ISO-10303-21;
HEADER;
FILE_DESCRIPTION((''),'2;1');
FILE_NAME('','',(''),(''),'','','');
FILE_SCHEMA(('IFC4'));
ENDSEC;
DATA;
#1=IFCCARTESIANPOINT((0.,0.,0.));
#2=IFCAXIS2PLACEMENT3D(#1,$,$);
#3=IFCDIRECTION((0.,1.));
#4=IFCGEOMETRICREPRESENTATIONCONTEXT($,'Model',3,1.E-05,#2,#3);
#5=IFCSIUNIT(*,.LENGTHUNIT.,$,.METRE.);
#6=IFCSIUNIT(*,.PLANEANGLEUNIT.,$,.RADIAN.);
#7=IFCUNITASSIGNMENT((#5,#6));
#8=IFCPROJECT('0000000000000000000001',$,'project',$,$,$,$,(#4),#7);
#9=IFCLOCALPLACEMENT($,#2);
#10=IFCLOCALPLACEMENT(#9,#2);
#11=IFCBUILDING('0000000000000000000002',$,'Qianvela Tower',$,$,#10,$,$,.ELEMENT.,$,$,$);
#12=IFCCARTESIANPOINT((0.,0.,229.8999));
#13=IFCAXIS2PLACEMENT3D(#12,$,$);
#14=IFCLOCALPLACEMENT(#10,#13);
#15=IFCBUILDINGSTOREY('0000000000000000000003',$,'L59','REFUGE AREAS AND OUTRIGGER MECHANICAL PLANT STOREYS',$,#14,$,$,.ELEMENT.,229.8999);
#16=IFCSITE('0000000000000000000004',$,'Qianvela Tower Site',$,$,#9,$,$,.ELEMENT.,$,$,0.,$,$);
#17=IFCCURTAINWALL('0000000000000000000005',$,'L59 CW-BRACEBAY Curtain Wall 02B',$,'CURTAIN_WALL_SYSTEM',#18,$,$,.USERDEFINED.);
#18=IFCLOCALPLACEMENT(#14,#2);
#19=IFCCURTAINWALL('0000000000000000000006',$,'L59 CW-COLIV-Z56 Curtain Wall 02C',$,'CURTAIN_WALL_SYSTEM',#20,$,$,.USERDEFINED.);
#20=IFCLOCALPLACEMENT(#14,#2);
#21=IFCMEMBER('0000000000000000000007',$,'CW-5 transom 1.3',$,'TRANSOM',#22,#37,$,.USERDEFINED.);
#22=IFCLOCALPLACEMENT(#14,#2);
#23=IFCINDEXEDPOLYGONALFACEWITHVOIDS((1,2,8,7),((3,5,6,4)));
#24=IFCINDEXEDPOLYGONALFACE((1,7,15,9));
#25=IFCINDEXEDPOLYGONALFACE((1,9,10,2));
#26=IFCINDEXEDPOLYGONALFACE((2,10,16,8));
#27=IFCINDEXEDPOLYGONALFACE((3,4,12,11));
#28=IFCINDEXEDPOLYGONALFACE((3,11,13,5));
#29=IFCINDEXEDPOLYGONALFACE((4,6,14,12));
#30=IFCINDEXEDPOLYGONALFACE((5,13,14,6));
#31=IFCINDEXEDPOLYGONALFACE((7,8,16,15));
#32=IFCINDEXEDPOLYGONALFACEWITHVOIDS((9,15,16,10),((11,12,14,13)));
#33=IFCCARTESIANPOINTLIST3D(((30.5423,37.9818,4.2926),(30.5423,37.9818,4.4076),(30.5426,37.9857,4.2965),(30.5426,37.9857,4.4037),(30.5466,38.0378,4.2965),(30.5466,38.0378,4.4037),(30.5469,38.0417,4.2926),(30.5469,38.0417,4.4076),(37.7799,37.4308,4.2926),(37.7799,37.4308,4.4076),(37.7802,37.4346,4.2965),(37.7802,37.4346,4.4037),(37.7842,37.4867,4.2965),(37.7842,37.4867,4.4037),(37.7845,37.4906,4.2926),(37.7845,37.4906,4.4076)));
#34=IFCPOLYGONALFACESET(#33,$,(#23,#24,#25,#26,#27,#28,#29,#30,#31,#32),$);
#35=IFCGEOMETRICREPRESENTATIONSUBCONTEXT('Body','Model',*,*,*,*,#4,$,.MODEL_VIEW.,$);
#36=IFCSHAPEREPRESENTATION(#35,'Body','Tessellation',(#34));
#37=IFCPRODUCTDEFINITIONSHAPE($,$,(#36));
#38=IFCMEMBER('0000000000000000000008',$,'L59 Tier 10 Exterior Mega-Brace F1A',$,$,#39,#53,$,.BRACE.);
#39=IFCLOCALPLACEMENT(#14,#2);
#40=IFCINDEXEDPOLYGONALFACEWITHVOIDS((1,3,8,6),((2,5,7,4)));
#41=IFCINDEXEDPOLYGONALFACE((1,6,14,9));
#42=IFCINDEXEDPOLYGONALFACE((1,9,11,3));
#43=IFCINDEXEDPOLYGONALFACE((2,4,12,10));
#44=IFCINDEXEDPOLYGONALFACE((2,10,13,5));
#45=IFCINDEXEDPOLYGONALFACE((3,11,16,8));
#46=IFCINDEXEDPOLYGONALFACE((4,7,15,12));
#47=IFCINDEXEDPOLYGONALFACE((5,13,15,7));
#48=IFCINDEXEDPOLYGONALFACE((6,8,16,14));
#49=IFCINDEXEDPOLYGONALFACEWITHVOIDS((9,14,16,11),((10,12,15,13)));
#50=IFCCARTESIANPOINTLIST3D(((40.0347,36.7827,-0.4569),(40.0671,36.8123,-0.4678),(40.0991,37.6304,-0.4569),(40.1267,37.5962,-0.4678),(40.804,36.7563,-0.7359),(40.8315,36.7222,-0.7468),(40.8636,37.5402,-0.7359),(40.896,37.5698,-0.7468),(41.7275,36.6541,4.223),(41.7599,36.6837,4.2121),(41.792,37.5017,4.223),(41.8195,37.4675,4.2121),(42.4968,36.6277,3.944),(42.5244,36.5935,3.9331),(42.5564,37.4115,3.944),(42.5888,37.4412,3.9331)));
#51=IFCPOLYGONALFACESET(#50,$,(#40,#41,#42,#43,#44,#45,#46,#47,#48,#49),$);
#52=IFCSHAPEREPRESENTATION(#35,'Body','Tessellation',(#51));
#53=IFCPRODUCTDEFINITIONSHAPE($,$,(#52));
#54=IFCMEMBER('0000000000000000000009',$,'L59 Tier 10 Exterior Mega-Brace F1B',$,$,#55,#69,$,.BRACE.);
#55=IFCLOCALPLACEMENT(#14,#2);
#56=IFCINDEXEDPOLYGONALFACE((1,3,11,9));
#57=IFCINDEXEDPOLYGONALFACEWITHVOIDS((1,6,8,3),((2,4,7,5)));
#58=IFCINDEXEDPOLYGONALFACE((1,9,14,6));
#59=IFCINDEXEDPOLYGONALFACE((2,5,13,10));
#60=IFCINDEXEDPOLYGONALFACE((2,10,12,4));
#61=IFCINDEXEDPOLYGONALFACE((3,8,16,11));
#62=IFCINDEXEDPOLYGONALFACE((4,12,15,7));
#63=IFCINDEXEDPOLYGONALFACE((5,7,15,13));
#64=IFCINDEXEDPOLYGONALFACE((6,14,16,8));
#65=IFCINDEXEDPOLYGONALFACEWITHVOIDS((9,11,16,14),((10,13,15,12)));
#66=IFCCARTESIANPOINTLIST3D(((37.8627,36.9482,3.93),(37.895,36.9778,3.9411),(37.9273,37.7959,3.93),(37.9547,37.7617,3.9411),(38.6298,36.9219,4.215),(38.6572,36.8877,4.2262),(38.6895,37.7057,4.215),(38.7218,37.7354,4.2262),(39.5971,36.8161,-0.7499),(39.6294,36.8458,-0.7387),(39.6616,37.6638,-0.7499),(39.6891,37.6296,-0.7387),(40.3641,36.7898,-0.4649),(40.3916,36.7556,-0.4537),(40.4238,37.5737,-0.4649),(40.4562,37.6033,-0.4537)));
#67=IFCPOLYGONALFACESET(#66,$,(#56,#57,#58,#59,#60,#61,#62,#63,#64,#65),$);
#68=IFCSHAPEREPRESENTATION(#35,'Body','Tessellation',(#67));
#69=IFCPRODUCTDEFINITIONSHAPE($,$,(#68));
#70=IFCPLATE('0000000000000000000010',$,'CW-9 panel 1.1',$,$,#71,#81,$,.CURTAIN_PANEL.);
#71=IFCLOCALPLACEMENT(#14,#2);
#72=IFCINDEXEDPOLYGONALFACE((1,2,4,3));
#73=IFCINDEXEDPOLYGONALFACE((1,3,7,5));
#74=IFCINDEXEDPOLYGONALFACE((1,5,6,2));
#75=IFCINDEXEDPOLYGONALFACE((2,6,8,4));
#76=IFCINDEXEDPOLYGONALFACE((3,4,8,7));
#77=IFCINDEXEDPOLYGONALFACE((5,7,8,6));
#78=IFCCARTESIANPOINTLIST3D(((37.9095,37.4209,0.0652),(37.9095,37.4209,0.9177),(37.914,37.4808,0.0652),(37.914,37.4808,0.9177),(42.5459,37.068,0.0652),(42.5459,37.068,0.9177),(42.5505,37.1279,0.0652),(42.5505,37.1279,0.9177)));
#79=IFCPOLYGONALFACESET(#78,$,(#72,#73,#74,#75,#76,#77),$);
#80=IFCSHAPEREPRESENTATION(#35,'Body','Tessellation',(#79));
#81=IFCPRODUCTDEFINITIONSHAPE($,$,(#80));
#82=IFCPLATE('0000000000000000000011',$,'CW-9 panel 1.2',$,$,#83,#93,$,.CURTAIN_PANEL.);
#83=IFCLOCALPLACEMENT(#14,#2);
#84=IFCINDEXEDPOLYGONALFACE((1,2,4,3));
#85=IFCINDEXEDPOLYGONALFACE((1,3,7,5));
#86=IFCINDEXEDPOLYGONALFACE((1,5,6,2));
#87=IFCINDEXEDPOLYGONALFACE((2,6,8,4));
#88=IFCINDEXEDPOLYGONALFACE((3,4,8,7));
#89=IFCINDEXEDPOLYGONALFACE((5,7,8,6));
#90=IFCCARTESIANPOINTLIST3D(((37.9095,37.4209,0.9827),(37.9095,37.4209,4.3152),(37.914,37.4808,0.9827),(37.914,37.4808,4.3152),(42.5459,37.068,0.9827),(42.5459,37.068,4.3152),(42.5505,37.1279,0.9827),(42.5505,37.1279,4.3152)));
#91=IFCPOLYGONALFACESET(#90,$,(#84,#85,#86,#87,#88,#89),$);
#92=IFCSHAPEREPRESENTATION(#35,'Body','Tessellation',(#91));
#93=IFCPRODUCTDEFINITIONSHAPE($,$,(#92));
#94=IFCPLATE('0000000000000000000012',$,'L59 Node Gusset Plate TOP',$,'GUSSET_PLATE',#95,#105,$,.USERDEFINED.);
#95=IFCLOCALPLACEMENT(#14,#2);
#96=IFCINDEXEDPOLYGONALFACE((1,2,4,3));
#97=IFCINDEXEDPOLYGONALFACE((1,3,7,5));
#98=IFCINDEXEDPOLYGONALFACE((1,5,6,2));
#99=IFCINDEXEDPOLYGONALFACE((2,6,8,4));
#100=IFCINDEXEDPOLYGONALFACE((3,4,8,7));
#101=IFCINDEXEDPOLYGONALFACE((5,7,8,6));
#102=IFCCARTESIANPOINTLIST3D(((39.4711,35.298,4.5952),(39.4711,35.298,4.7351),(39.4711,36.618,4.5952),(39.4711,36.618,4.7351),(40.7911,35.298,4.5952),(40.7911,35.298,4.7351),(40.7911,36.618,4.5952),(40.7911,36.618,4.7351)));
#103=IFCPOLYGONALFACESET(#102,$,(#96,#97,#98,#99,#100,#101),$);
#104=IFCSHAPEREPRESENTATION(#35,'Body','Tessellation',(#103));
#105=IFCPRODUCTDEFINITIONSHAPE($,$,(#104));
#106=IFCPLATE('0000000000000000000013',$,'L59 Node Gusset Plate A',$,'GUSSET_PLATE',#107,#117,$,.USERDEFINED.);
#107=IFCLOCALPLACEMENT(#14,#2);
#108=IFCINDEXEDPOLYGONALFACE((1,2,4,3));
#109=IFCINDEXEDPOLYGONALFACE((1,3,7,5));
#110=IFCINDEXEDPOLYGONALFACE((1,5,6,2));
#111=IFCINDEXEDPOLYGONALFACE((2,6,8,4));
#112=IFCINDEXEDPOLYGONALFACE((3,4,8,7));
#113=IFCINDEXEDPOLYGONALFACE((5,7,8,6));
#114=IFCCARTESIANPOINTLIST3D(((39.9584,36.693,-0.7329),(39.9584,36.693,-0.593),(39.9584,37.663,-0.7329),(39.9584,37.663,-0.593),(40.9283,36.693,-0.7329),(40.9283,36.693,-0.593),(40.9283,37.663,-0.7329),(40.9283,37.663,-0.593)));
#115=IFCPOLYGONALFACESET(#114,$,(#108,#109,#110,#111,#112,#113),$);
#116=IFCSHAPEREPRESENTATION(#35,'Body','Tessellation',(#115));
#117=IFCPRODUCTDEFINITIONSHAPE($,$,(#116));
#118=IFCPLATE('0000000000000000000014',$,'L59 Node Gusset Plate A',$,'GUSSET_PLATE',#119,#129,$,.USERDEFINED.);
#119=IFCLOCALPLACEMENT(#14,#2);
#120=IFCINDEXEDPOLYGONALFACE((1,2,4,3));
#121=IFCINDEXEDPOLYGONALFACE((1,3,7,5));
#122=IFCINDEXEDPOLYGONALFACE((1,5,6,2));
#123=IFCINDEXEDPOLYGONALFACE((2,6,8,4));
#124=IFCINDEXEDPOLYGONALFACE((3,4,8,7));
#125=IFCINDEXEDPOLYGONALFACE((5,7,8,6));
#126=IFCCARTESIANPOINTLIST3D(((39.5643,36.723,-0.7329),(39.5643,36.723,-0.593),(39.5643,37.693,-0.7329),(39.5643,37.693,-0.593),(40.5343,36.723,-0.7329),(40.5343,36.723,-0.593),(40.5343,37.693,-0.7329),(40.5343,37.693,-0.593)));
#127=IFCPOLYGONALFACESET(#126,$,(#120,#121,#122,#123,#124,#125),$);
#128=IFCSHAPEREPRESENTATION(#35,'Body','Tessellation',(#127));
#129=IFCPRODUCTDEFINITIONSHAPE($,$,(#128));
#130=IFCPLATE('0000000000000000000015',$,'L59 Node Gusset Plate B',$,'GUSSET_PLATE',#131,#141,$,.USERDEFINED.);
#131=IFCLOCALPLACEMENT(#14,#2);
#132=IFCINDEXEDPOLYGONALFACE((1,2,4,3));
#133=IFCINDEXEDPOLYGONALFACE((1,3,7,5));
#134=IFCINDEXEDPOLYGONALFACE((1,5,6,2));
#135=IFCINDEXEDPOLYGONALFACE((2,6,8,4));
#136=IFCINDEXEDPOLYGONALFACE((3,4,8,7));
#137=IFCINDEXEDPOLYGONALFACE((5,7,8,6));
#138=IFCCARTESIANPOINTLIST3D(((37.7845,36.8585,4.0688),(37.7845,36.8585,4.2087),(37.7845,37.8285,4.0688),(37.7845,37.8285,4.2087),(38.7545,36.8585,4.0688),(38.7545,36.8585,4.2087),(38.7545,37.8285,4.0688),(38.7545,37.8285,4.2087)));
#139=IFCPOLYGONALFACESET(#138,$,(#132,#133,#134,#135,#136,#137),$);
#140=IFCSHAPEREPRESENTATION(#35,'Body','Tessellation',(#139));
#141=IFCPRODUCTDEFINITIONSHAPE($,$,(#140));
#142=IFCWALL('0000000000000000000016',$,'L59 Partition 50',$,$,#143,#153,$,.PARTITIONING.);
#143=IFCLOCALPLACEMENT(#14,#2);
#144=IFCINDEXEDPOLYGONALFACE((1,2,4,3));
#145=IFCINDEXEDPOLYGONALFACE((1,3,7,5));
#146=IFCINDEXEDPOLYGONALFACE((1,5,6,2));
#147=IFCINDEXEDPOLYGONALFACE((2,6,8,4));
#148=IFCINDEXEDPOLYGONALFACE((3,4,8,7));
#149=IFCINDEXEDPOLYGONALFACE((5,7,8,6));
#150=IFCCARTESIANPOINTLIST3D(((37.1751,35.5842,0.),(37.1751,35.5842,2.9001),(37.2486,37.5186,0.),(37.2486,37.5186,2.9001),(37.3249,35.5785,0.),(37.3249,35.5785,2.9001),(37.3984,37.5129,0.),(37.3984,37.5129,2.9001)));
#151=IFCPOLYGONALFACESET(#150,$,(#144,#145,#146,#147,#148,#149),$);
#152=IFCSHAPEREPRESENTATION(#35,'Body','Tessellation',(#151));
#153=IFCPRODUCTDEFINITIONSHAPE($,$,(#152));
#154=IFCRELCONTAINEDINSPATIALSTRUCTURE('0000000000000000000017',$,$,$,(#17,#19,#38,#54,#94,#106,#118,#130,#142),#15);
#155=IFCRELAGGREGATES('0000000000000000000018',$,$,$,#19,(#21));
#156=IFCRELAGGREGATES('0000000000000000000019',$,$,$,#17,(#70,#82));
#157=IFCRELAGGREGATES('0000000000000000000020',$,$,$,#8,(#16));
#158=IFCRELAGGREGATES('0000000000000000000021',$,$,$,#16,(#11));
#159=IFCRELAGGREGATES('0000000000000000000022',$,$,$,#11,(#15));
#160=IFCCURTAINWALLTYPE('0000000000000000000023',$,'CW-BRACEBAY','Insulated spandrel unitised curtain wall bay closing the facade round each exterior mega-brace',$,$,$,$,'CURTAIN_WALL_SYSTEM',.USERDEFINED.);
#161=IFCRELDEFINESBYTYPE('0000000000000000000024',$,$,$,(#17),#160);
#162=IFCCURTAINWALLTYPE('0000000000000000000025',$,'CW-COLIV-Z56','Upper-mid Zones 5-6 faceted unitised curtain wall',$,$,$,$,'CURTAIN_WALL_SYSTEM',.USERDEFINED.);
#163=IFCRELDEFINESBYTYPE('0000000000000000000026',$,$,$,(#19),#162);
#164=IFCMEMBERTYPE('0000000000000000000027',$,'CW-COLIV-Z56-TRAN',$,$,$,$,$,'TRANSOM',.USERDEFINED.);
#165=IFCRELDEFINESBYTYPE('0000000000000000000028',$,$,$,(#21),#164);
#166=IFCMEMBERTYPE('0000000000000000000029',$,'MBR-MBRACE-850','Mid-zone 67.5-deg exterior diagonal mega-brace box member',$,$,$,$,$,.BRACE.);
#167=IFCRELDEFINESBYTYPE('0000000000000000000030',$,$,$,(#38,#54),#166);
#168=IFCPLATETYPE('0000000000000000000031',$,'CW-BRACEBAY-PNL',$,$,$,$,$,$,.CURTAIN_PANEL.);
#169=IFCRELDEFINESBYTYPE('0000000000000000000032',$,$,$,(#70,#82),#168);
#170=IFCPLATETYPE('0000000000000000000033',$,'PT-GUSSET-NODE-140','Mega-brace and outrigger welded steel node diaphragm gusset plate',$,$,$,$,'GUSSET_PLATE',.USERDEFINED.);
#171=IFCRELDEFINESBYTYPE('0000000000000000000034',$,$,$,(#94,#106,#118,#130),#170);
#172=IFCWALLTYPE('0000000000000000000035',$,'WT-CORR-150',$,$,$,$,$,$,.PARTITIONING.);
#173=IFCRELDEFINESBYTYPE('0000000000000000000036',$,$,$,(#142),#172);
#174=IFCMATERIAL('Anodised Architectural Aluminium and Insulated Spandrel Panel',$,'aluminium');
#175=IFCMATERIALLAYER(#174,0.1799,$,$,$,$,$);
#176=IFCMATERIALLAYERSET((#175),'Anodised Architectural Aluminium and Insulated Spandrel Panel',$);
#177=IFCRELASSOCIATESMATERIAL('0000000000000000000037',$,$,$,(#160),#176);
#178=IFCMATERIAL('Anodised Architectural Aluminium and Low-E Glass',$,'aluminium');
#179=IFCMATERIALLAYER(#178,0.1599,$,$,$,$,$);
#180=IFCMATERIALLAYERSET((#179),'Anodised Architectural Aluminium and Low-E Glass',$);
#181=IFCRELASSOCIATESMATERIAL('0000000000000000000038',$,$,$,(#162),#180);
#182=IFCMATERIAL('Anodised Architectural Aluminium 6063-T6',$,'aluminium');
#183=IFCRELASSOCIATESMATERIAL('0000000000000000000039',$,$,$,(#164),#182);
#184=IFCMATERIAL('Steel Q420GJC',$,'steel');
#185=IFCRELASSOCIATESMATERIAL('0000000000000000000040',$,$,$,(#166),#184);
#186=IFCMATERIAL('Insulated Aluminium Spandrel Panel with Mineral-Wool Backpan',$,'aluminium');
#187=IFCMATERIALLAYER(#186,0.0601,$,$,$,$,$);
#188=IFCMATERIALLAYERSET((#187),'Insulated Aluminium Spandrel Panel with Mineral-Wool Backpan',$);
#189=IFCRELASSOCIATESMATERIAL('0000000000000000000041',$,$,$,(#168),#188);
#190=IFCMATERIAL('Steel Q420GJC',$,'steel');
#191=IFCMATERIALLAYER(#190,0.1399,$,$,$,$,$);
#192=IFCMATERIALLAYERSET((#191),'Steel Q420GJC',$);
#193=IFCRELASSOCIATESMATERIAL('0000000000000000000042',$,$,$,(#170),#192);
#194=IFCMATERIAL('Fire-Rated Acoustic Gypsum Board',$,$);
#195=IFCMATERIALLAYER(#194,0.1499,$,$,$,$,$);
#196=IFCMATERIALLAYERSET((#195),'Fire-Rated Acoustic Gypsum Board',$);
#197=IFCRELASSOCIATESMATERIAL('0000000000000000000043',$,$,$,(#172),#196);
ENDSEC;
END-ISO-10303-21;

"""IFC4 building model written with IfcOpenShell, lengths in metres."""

from ifc_helpers import new_model, si_unit, direction, frame, frame_2d, origin, origin_2d, place, context, subcontext, project, spatial, rectangle, hollow_rectangle, extrude, material, layer, layer_set, material_profile, profile_set, type_object, element, aggregate, save


model = new_model("IFC4")

# Units and contexts
model_context = context("Model", 3, precision=1e-05, world=origin(), true_north=direction((0.0, 1.0)))
body_context = subcontext(model_context, "Body", "Model", "MODEL_VIEW")
ifc_project = project(units=[si_unit("LENGTHUNIT", "METRE"), si_unit("PLANEANGLEUNIT", "RADIAN")], contexts=[model_context])

# Site, building, storey
site_placement = place(None, origin())
site = spatial("IfcSite", under=ifc_project, at=site_placement, Name="Qianvela Tower Site", CompositionType="ELEMENT", RefElevation=0.0)
building_placement = place(site_placement, origin())
building = spatial("IfcBuilding", under=site, at=building_placement, Name="Qianvela Tower", CompositionType="ELEMENT")
storey_placement = place(building_placement, frame((0.0, 0.0, 229.8999)))
storey = spatial("IfcBuildingStorey", under=building, at=storey_placement, Name="L59", Description="REFUGE AREAS AND OUTRIGGER MECHANICAL PLANT STOREYS", CompositionType="ELEMENT", Elevation=229.8999)

# Curtain wall
ifc_material_1 = material(Name="Anodised Architectural Aluminium and Insulated Spandrel Panel", Category="aluminium")
ifc_layer_1 = layer(ifc_material_1, 0.1799)
ifc_layer_set_1 = layer_set([ifc_layer_1], Name="Anodised Architectural Aluminium and Insulated Spandrel Panel")
curtain_wall_type_1 = type_object("IfcCurtainWallType", Name="CW-BRACEBAY", Description="Insulated spandrel unitised curtain wall bay closing the facade round each exterior mega-brace", ElementType="CURTAIN_WALL_SYSTEM", PredefinedType="USERDEFINED", material=ifc_layer_set_1)
curtain_wall_1_placement = place(storey_placement, origin())
curtain_wall_1 = element("IfcCurtainWall", 1, at=curtain_wall_1_placement, inside=storey, type_object=curtain_wall_type_1, Name="L59 CW-BRACEBAY Curtain Wall 02B", ObjectType="CURTAIN_WALL_SYSTEM", PredefinedType="USERDEFINED")

# Curtain wall, member
ifc_material_2 = material(Name="Anodised Architectural Aluminium and Low-E Glass", Category="aluminium")
ifc_layer_2 = layer(ifc_material_2, 0.1599)
ifc_layer_set_2 = layer_set([ifc_layer_2], Name="Anodised Architectural Aluminium and Low-E Glass")
curtain_wall_type_2 = type_object("IfcCurtainWallType", Name="CW-COLIV-Z56", Description="Upper-mid Zones 5-6 faceted unitised curtain wall", ElementType="CURTAIN_WALL_SYSTEM", PredefinedType="USERDEFINED", material=ifc_layer_set_2)
curtain_wall_2_placement = place(storey_placement, origin())
curtain_wall_2 = element("IfcCurtainWall", 2, at=curtain_wall_2_placement, inside=storey, type_object=curtain_wall_type_2, Name="L59 CW-COLIV-Z56 Curtain Wall 02C", ObjectType="CURTAIN_WALL_SYSTEM", PredefinedType="USERDEFINED")
ifc_material_3 = material(Name="Anodised Architectural Aluminium 6063-T6", Category="aluminium")
ifc_material_profile_1 = material_profile(ifc_material_3, hollow_rectangle(XDim=0.0601, YDim=0.115, WallThickness=0.0039, at=origin_2d()), Name="ALU-TRAN-60x115")
ifc_profile_set_1 = profile_set([ifc_material_profile_1], Name="Anodised Architectural Aluminium 6063-T6")
member_type_1 = type_object("IfcMemberType", Name="CW-COLIV-Z56-TRAN", ElementType="TRANSOM", PredefinedType="USERDEFINED", material=ifc_profile_set_1)
member_1_placement = place(storey_placement, frame((37.7822, 37.4607, 4.3501), z_axis=(-0.997114, 0.075915, 0.0), x_axis=(-0.075915, -0.997114, 0.0)))
member_1 = element("IfcMember", 3, at=member_1_placement, type_object=member_type_1, Name="CW-5 transom 1.3", ObjectType="TRANSOM", PredefinedType="USERDEFINED", context=body_context, shape_type="SweptSolid", body=[
    extrude(hollow_rectangle(XDim=0.0601, YDim=0.115, WallThickness=0.0039, at=origin_2d()), origin(), (0.0, 0.0, 1.0), 7.2585),
])
aggregate(curtain_wall_2, [member_1])

# Members
ifc_material_4 = material(Name="Steel Q420GJC", Category="steel")
ifc_material_profile_2 = material_profile(ifc_material_4, hollow_rectangle(XDim=0.8501, YDim=0.8501, WallThickness=0.032, at=origin_2d()), Name="MBOX-850x850x32")
ifc_profile_set_2 = profile_set([ifc_material_profile_2], Name="Steel Q420GJC")
member_type_2 = type_object("IfcMemberType", Name="MBR-MBRACE-850", Description="Mid-zone 67.5-deg exterior diagonal mega-brace box member", PredefinedType="BRACE", material=ifc_profile_set_2)
member_2_placement = place(storey_placement, frame((40.4653, 37.1763, -0.6018), z_axis=(0.340046, -0.025844, 0.940054), x_axis=(0.075784, 0.997124, 0.0)))
element("IfcMember", 4, at=member_2_placement, inside=storey, type_object=member_type_2, Name="L59 Tier 10 Exterior Mega-Brace F1A", PredefinedType="BRACE", context=body_context, shape_type="SweptSolid", body=[
    extrude(hollow_rectangle(XDim=0.8501, YDim=0.8501, WallThickness=0.032, at=origin_2d()), origin(), (0.0, 0.0, 1.0), 4.9783),
])
member_3_placement = place(storey_placement, frame((40.0266, 37.2097, -0.6018), z_axis=(-0.347381, 0.026455, 0.937351), x_axis=(-0.075934, -0.997113, 0.0)))
element("IfcMember", 5, at=member_3_placement, inside=storey, type_object=member_type_2, Name="L59 Tier 10 Exterior Mega-Brace F1B", PredefinedType="BRACE", context=body_context, shape_type="SweptSolid", body=[
    extrude(hollow_rectangle(XDim=0.8501, YDim=0.8501, WallThickness=0.032, at=origin_2d()), origin(), (0.0, 0.0, 1.0), 4.9927),
])

# Plates
ifc_material_5 = material(Name="Insulated Aluminium Spandrel Panel with Mineral-Wool Backpan", Category="aluminium")
ifc_layer_3 = layer(ifc_material_5, 0.0601)
ifc_layer_set_3 = layer_set([ifc_layer_3], Name="Insulated Aluminium Spandrel Panel with Mineral-Wool Backpan")
plate_type_1 = type_object("IfcPlateType", Name="CW-BRACEBAY-PNL", PredefinedType="CURTAIN_PANEL", material=ifc_layer_set_3)
plate_1_placement = place(storey_placement, frame((40.23, 37.2744, 0.0652), z_axis=(0.0, 0.0, 1.0), x_axis=(-0.997115, 0.0759, 0.0)))
plate_1 = element("IfcPlate", 6, at=plate_1_placement, type_object=plate_type_1, Name="CW-9 panel 1.1", PredefinedType="CURTAIN_PANEL", context=body_context, shape_type="SweptSolid", body=[
    extrude(rectangle(XDim=4.6499, YDim=0.0601, at=origin_2d()), origin(), (0.0, 0.0, 1.0), 0.8525),
])
plate_2_placement = place(storey_placement, frame((40.23, 37.2744, 0.9827), z_axis=(0.0, 0.0, 1.0), x_axis=(-0.997115, 0.0759, 0.0)))
plate_2 = element("IfcPlate", 7, at=plate_2_placement, type_object=plate_type_1, Name="CW-9 panel 1.2", PredefinedType="CURTAIN_PANEL", context=body_context, shape_type="SweptSolid", body=[
    extrude(rectangle(XDim=4.6499, YDim=0.0601, at=origin_2d()), origin(), (0.0, 0.0, 1.0), 3.3325),
])
aggregate(curtain_wall_1, [plate_1, plate_2])

# Plates
ifc_material_6 = material(Name="Steel Q420GJC", Category="steel")
ifc_layer_4 = layer(ifc_material_6, 0.1399)
ifc_layer_set_4 = layer_set([ifc_layer_4], Name="Steel Q420GJC")
plate_type_2 = type_object("IfcPlateType", Name="PT-GUSSET-NODE-140", Description="Mega-brace and outrigger welded steel node diaphragm gusset plate", ElementType="GUSSET_PLATE", PredefinedType="USERDEFINED", material=ifc_layer_set_4)
plate_3_placement = place(storey_placement, frame((40.1311, 35.958, 4.5952), z_axis=(0.0, 0.0, 1.0), x_axis=(1.0, 0.0, 0.0)))
element("IfcPlate", 8, at=plate_3_placement, inside=storey, type_object=plate_type_2, Name="L59 Node Gusset Plate TOP", ObjectType="GUSSET_PLATE", PredefinedType="USERDEFINED", context=body_context, shape_type="SweptSolid", body=[
    extrude(rectangle(XDim=1.3201, YDim=1.3201, at=origin_2d()), origin(), (0.0, 0.0, 1.0), 0.1399),
])
for number, where, z_axis, x_axis, name in (
    (9, (40.4434, 37.178, -0.7329), (0.0, 0.0, 1.0), (1.0, 0.0, 0.0), "L59 Node Gusset Plate A"),
    (10, (40.0493, 37.208, -0.7329), (0.0, 0.0, 1.0), (1.0, 0.0, 0.0), "L59 Node Gusset Plate A"),
    (11, (38.2695, 37.3435, 4.0688), (0.0, 0.0, 1.0), (1.0, 0.0, 0.0), "L59 Node Gusset Plate B"),
):
    element("IfcPlate", number, at=place(storey_placement, frame(where, z_axis=z_axis, x_axis=x_axis)), inside=storey, type_object=plate_type_2, Name=name, ObjectType="GUSSET_PLATE", PredefinedType="USERDEFINED", context=body_context, shape_type="SweptSolid", body=[
        extrude(rectangle(XDim=0.97, YDim=0.97, at=origin_2d()), origin(), (0.0, 0.0, 1.0), 0.1399),
    ])

# Wall
ifc_material_7 = material(Name="Fire-Rated Acoustic Gypsum Board")
ifc_layer_5 = layer(ifc_material_7, 0.1499)
ifc_layer_set_5 = layer_set([ifc_layer_5], Name="Fire-Rated Acoustic Gypsum Board")
wall_type = type_object("IfcWallType", Name="WT-CORR-150", PredefinedType="PARTITIONING", material=ifc_layer_set_5)
wall_placement = place(storey_placement, frame((37.3235, 37.5156, 0.0), z_axis=(0.0, 0.0, 1.0), x_axis=(-0.037963, -0.999279, 0.0)))
element("IfcWall", 12, at=wall_placement, inside=storey, type_object=wall_type, Name="L59 Partition 50", PredefinedType="PARTITIONING", context=body_context, shape_type="SweptSolid", body=[
    extrude(rectangle(XDim=1.9358, YDim=0.1499, at=frame_2d((0.9678, 0.0))), origin(), (0.0, 0.0, 1.0), 2.9001),
])

save(model, "model.ifc")
